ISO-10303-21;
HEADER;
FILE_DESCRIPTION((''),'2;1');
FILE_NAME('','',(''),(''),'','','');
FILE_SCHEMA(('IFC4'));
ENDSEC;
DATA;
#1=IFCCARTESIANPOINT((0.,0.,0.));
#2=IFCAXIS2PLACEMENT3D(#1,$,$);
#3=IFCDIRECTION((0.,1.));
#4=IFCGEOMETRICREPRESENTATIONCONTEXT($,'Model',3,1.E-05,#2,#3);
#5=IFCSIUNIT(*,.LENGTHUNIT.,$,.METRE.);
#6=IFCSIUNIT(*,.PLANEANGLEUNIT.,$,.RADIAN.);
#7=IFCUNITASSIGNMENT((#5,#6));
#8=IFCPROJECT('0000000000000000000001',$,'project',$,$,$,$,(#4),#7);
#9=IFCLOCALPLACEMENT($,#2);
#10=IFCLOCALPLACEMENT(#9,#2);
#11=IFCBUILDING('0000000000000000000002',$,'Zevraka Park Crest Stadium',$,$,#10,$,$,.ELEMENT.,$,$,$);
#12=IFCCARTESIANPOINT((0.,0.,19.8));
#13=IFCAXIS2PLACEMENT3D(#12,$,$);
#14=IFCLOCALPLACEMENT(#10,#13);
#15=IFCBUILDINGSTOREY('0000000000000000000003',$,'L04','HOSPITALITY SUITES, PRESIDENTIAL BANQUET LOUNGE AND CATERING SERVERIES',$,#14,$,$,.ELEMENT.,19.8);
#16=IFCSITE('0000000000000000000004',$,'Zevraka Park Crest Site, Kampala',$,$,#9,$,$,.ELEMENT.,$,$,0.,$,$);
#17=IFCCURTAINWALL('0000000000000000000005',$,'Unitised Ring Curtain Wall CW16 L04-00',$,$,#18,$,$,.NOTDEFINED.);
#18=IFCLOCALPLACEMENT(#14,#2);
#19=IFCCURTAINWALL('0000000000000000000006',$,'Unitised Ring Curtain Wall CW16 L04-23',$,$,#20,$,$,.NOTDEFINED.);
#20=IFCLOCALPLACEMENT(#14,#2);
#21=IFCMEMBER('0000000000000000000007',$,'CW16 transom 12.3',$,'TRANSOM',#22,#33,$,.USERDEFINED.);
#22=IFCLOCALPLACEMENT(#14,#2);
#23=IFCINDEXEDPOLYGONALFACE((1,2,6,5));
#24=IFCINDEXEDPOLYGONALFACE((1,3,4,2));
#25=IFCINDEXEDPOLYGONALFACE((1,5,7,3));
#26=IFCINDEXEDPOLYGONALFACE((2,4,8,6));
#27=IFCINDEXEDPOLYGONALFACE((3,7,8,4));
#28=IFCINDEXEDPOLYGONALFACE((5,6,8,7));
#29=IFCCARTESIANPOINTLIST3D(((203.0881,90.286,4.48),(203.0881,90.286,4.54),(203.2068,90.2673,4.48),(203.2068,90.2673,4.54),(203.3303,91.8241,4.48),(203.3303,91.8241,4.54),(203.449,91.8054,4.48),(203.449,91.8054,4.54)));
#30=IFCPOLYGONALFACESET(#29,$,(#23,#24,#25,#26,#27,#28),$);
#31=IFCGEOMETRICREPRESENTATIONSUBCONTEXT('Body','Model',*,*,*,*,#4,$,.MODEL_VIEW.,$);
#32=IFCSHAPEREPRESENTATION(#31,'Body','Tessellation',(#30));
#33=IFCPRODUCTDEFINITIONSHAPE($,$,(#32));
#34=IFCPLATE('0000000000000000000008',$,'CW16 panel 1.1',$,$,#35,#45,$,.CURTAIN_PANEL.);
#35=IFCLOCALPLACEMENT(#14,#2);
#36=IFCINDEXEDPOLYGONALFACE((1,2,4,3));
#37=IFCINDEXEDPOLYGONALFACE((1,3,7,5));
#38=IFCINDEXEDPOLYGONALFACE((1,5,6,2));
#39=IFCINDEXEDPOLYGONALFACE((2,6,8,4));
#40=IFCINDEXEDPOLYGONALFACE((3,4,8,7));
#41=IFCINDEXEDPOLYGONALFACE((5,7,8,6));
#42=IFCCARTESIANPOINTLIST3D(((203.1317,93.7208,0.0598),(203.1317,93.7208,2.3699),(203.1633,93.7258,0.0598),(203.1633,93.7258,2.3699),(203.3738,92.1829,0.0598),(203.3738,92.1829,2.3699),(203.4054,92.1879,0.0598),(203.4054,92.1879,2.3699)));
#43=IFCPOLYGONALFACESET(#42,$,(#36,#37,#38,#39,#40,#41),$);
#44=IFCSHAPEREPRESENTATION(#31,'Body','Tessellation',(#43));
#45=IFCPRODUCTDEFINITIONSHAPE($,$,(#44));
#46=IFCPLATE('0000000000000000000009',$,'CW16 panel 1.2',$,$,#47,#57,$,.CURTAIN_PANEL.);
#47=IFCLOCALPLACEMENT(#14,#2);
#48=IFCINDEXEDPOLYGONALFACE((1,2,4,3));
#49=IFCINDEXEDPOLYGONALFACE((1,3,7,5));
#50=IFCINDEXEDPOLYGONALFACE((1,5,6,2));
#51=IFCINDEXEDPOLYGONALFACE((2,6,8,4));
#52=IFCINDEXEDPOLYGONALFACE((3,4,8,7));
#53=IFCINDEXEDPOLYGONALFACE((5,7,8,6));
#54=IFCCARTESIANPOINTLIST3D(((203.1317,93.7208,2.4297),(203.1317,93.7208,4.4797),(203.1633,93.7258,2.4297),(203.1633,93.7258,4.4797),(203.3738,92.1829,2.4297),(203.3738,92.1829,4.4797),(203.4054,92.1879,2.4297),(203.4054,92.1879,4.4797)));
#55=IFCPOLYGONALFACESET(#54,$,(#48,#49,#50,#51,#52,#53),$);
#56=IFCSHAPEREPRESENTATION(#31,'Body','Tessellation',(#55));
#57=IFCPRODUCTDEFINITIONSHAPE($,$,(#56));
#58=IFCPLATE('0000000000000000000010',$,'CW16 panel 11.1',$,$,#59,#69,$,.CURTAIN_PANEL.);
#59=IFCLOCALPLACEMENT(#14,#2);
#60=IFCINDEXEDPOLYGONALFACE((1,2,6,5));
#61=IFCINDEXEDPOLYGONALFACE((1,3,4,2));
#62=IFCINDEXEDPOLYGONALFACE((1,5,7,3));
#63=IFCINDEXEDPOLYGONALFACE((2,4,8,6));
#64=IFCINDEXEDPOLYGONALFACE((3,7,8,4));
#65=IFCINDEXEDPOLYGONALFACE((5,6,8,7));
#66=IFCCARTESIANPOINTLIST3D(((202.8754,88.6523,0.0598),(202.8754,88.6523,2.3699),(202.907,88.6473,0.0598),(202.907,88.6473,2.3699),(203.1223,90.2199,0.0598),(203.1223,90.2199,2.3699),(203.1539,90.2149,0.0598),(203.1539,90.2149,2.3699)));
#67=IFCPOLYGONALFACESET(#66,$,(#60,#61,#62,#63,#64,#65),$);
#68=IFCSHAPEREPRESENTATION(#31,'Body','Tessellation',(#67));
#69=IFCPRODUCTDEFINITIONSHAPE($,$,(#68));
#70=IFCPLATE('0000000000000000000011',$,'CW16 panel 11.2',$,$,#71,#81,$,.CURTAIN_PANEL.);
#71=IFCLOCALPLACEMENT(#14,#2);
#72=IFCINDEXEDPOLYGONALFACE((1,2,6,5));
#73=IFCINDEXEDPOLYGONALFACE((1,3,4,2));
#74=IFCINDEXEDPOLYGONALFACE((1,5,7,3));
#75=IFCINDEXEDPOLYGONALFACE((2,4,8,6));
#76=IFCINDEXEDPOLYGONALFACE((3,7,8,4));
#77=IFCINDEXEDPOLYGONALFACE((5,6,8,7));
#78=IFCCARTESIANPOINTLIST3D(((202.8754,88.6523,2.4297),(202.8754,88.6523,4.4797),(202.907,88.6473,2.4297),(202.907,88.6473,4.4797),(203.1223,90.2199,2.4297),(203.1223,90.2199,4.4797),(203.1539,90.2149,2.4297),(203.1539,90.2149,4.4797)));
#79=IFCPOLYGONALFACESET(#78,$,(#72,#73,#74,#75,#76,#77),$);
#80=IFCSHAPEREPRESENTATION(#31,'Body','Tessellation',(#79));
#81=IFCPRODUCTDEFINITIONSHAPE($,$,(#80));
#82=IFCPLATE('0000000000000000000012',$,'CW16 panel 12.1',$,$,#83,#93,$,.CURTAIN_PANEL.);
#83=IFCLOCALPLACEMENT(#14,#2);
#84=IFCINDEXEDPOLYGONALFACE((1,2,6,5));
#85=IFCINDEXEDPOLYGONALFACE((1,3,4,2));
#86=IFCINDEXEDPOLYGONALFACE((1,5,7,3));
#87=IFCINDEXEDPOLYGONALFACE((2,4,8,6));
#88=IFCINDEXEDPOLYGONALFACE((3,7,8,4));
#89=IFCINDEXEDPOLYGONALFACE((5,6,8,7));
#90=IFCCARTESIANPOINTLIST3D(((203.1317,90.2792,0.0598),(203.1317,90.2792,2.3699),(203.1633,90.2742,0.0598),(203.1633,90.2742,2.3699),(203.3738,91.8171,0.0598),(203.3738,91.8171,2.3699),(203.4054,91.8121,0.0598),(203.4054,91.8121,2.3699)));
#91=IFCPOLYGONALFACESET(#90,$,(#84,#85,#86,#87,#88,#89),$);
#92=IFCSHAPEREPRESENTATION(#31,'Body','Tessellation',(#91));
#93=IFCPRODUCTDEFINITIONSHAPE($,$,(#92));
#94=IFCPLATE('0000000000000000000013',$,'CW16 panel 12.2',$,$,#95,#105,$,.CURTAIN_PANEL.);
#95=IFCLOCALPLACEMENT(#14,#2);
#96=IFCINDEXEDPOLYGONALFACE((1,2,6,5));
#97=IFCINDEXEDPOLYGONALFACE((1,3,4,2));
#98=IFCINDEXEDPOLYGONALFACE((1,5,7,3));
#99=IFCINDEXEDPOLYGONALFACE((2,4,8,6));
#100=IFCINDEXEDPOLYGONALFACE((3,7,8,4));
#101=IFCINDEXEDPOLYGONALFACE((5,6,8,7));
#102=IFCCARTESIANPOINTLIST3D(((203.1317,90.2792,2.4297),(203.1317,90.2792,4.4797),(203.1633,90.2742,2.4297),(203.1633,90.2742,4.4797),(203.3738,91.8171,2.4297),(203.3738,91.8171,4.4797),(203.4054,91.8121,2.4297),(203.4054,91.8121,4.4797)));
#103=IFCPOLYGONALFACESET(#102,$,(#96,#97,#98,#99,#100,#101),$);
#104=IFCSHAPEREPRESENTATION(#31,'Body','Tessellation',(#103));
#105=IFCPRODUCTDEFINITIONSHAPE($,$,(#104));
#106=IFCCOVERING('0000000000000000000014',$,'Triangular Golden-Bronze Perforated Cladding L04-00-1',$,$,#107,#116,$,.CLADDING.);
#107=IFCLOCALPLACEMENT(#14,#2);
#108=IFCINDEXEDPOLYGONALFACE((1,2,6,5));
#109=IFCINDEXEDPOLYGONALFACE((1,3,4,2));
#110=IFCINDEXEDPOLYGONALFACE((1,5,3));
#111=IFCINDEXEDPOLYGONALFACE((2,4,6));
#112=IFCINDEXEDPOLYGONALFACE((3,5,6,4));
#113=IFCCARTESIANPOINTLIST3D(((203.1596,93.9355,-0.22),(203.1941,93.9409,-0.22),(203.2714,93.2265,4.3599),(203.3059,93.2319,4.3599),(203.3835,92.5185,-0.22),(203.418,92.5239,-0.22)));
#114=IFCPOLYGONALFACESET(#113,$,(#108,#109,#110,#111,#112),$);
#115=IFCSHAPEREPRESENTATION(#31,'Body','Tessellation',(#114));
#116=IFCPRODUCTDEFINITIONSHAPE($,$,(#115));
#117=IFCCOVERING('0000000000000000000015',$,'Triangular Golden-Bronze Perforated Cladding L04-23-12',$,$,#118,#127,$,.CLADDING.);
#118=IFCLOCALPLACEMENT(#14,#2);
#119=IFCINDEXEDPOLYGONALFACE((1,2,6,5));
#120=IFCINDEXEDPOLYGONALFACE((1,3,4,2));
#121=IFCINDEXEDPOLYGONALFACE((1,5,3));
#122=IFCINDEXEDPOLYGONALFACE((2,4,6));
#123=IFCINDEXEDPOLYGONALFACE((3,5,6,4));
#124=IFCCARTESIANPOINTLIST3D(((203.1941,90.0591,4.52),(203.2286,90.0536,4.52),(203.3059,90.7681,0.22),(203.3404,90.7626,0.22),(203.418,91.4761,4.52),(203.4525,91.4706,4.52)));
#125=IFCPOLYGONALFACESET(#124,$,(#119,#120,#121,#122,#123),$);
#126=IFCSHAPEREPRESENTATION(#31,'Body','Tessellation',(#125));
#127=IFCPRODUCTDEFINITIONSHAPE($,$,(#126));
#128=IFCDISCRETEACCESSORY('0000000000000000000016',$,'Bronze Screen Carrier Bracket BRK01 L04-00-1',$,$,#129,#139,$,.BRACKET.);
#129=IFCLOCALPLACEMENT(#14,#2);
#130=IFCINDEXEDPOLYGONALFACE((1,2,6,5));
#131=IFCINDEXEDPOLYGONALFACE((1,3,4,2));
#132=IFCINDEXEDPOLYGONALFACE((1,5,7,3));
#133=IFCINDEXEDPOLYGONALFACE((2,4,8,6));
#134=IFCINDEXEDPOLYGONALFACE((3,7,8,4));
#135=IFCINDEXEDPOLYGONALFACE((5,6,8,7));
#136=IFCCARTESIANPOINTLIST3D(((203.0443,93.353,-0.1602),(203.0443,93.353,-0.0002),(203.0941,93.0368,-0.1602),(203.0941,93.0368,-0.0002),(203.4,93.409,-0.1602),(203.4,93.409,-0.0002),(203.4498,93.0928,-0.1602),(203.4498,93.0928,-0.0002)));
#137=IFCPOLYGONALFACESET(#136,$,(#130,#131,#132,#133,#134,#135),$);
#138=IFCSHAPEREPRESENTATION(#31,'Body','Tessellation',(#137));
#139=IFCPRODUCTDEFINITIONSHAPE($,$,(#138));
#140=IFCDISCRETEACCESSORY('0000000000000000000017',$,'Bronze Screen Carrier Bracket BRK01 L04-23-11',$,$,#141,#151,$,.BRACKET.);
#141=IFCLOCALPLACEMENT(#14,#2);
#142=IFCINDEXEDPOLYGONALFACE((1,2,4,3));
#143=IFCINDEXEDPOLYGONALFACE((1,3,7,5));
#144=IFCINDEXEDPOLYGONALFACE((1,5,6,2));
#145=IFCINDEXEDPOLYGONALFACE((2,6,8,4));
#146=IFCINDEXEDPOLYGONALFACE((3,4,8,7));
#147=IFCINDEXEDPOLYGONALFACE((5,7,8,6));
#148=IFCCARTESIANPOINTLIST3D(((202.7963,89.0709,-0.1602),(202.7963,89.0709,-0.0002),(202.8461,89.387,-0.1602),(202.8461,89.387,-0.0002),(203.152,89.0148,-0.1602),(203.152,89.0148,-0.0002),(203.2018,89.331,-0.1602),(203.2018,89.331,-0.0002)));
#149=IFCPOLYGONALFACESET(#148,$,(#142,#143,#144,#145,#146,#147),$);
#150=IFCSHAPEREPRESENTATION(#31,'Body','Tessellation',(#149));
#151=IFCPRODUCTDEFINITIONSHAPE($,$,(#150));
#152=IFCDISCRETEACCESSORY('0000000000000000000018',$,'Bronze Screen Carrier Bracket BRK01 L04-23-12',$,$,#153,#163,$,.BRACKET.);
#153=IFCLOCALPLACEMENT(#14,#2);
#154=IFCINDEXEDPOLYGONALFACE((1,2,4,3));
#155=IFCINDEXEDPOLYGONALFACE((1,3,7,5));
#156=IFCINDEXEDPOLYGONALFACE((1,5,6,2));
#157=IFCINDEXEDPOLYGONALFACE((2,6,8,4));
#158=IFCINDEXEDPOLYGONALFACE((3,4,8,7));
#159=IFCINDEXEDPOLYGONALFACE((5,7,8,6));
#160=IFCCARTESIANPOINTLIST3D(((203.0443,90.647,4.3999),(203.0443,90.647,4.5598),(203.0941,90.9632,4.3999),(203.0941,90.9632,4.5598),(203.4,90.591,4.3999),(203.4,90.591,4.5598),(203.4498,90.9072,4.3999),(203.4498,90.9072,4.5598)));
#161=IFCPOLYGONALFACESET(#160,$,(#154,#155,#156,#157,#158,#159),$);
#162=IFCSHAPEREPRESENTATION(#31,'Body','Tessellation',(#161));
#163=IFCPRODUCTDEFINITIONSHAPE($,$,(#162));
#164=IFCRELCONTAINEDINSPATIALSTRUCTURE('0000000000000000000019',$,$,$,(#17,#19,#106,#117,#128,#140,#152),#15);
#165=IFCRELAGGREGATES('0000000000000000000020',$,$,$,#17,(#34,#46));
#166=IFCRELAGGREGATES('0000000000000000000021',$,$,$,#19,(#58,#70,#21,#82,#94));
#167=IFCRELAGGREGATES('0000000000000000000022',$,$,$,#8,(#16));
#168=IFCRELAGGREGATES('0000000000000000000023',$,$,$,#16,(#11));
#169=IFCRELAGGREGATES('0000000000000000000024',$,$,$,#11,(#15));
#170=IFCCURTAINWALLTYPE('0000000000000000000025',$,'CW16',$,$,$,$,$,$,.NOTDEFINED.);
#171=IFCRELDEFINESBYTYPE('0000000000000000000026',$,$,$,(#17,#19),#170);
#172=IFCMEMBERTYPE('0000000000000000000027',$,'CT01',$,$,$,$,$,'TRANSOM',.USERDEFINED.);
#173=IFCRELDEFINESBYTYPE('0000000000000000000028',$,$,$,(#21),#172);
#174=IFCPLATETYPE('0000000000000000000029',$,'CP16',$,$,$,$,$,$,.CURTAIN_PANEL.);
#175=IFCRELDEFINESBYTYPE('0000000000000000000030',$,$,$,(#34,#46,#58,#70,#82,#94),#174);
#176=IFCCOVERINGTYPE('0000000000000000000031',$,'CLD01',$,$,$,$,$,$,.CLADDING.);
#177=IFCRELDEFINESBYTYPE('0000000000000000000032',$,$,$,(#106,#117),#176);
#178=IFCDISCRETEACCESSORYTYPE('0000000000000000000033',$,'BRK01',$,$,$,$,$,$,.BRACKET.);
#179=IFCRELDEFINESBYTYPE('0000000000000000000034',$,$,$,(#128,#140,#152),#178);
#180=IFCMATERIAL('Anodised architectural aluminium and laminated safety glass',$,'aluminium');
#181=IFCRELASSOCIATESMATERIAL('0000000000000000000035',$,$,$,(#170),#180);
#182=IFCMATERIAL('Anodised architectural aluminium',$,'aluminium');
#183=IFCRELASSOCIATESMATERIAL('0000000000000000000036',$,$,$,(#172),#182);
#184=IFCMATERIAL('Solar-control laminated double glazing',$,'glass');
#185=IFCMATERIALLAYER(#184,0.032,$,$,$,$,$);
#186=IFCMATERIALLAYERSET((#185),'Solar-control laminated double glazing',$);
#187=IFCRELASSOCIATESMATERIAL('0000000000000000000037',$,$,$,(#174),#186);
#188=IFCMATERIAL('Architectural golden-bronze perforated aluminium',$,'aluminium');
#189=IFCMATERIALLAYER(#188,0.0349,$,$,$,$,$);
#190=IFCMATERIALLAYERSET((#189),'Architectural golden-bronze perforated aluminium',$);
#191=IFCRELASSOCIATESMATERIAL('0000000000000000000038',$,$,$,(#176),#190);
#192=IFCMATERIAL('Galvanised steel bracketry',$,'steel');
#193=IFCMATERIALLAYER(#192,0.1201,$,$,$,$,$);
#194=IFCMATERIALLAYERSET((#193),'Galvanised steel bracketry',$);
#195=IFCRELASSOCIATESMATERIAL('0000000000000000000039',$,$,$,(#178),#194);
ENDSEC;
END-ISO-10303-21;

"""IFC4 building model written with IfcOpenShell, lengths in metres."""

from ifc_helpers import new_model, si_unit, direction, frame, origin, origin_2d, place, context, subcontext, project, spatial, polyline, rectangle, outline, extrude, material, layer, layer_set, material_profile, profile_set, type_object, element, aggregate, save


model = new_model("IFC4")

# Units and contexts
model_context = context("Model", 3, precision=1e-05, world=origin(), true_north=direction((0.0, 1.0)))
body_context = subcontext(model_context, "Body", "Model", "MODEL_VIEW")
ifc_project = project(units=[si_unit("LENGTHUNIT", "METRE"), si_unit("PLANEANGLEUNIT", "RADIAN")], contexts=[model_context])

# Site, building, storey
site_placement = place(None, origin())
site = spatial("IfcSite", under=ifc_project, at=site_placement, Name="Zevraka Park Crest Site, Kampala", CompositionType="ELEMENT", RefElevation=0.0)
building_placement = place(site_placement, origin())
building = spatial("IfcBuilding", under=site, at=building_placement, Name="Zevraka Park Crest Stadium", CompositionType="ELEMENT")
storey_placement = place(building_placement, frame((0.0, 0.0, 19.8)))
storey = spatial("IfcBuildingStorey", under=building, at=storey_placement, Name="L04", Description="HOSPITALITY SUITES, PRESIDENTIAL BANQUET LOUNGE AND CATERING SERVERIES", CompositionType="ELEMENT", Elevation=19.8)

# Curtain walls
ifc_material_1 = material(Name="Anodised architectural aluminium and laminated safety glass", Category="aluminium")
curtain_wall_type = type_object("IfcCurtainWallType", Name="CW16", PredefinedType="NOTDEFINED", material=ifc_material_1)
curtain_wall_1_placement = place(storey_placement, origin())
curtain_wall_1 = element("IfcCurtainWall", 1, at=curtain_wall_1_placement, inside=storey, type_object=curtain_wall_type, Name="Unitised Ring Curtain Wall CW16 L04-00", PredefinedType="NOTDEFINED")
curtain_wall_2_placement = place(storey_placement, origin())
curtain_wall_2 = element("IfcCurtainWall", 2, at=curtain_wall_2_placement, inside=storey, type_object=curtain_wall_type, Name="Unitised Ring Curtain Wall CW16 L04-23", PredefinedType="NOTDEFINED")

# Member
ifc_material_2 = material(Name="Anodised architectural aluminium", Category="aluminium")
ifc_material_profile_1 = material_profile(ifc_material_2, rectangle(XDim=0.1201, YDim=0.0601, at=origin_2d()), Name="ALU TRANSOM 120x60")
ifc_profile_set_1 = profile_set([ifc_material_profile_1], Name="Anodised architectural aluminium")
member_type_1 = type_object("IfcMemberType", Name="CT01", ElementType="TRANSOM", PredefinedType="USERDEFINED", material=ifc_profile_set_1)
member_1_placement = place(storey_placement, frame((203.1475, 90.2766, 4.51), z_axis=(0.155544, 0.987829, 0.0), x_axis=(-0.987829, 0.155544, 0.0)))
member_1 = element("IfcMember", 3, at=member_1_placement, type_object=member_type_1, Name="CW16 transom 12.3", ObjectType="TRANSOM", PredefinedType="USERDEFINED", context=body_context, shape_type="SweptSolid", body=[
    extrude(rectangle(XDim=0.1201, YDim=0.0601, at=origin_2d()), origin(), (0.0, 0.0, 1.0), 1.5571),
])

# Plates
ifc_material_3 = material(Name="Solar-control laminated double glazing", Category="glass")
ifc_layer_1 = layer(ifc_material_3, 0.032)
ifc_layer_set_1 = layer_set([ifc_layer_1], Name="Solar-control laminated double glazing")
plate_type = type_object("IfcPlateType", Name="CP16", PredefinedType="CURTAIN_PANEL", material=ifc_layer_set_1)
plate_1_placement = place(storey_placement, frame((203.2686, 92.9543, 0.0598), z_axis=(0.0, 0.0, 1.0), x_axis=(-0.155539, 0.98783, 0.0)))
plate_1 = element("IfcPlate", 4, at=plate_1_placement, type_object=plate_type, Name="CW16 panel 1.1", PredefinedType="CURTAIN_PANEL", context=body_context, shape_type="SweptSolid", body=[
    extrude(rectangle(XDim=1.5569, YDim=0.032, at=origin_2d()), origin(), (0.0, 0.0, 1.0), 2.3101),
])
plate_2_placement = place(storey_placement, frame((203.2686, 92.9543, 2.4297), z_axis=(0.0, 0.0, 1.0), x_axis=(-0.155539, 0.98783, 0.0)))
plate_2 = element("IfcPlate", 5, at=plate_2_placement, type_object=plate_type, Name="CW16 panel 1.2", PredefinedType="CURTAIN_PANEL", context=body_context, shape_type="SweptSolid", body=[
    extrude(rectangle(XDim=1.5569, YDim=0.032, at=origin_2d()), origin(), (0.0, 0.0, 1.0), 2.05),
])
aggregate(curtain_wall_1, [plate_1, plate_2])
plate_3_placement = place(storey_placement, frame((203.0146, 89.4336, 0.0598), z_axis=(0.0, 0.0, 1.0), x_axis=(0.155539, 0.98783, 0.0)))
plate_3 = element("IfcPlate", 6, at=plate_3_placement, type_object=plate_type, Name="CW16 panel 11.1", PredefinedType="CURTAIN_PANEL", context=body_context, shape_type="SweptSolid", body=[
    extrude(rectangle(XDim=1.5869, YDim=0.032, at=origin_2d()), origin(), (0.0, 0.0, 1.0), 2.3101),
])
plate_4_placement = place(storey_placement, frame((203.0146, 89.4336, 2.4297), z_axis=(0.0, 0.0, 1.0), x_axis=(0.155539, 0.98783, 0.0)))
plate_4 = element("IfcPlate", 7, at=plate_4_placement, type_object=plate_type, Name="CW16 panel 11.2", PredefinedType="CURTAIN_PANEL", context=body_context, shape_type="SweptSolid", body=[
    extrude(rectangle(XDim=1.5869, YDim=0.032, at=origin_2d()), origin(), (0.0, 0.0, 1.0), 2.05),
])
plate_5_placement = place(storey_placement, frame((203.2686, 91.0457, 0.0598), z_axis=(0.0, 0.0, 1.0), x_axis=(0.155539, 0.98783, 0.0)))
plate_5 = element("IfcPlate", 8, at=plate_5_placement, type_object=plate_type, Name="CW16 panel 12.1", PredefinedType="CURTAIN_PANEL", context=body_context, shape_type="SweptSolid", body=[
    extrude(rectangle(XDim=1.5569, YDim=0.032, at=origin_2d()), origin(), (0.0, 0.0, 1.0), 2.3101),
])
plate_6_placement = place(storey_placement, frame((203.2686, 91.0457, 2.4297), z_axis=(0.0, 0.0, 1.0), x_axis=(0.155539, 0.98783, 0.0)))
plate_6 = element("IfcPlate", 9, at=plate_6_placement, type_object=plate_type, Name="CW16 panel 12.2", PredefinedType="CURTAIN_PANEL", context=body_context, shape_type="SweptSolid", body=[
    extrude(rectangle(XDim=1.5569, YDim=0.032, at=origin_2d()), origin(), (0.0, 0.0, 1.0), 2.05),
])
aggregate(curtain_wall_2, [plate_3, plate_4, member_1, plate_5, plate_6])

# Coverings
ifc_material_4 = material(Name="Architectural golden-bronze perforated aluminium", Category="aluminium")
ifc_layer_2 = layer(ifc_material_4, 0.0349)
ifc_layer_set_2 = layer_set([ifc_layer_2], Name="Architectural golden-bronze perforated aluminium")
covering_type = type_object("IfcCoveringType", Name="CLD01", PredefinedType="CLADDING", material=ifc_layer_set_2)
covering_1_placement = place(storey_placement, frame((203.418, 92.5239, -0.22), z_axis=(0.987748, 0.156059, 0.000043), x_axis=(-0.156059, 0.987748, 0.0)))
element("IfcCovering", 10, at=covering_1_placement, inside=storey, type_object=covering_type, Name="Triangular Golden-Bronze Perforated Cladding L04-00-1", PredefinedType="CLADDING", context=body_context, shape_type="SweptSolid", body=[
    extrude(outline(polyline([(0.0, 0.0), (1.4346, 0.0), (0.7168, 4.5798), (0.0, 0.0)])), origin(), (0.0, 0.0, -1.0), 0.0349),
])
covering_2_placement = place(storey_placement, frame((203.418, 91.4761, 4.52), z_axis=(-0.987748, 0.156059, 0.000046), x_axis=(-0.156059, -0.987748, 0.0)))
element("IfcCovering", 11, at=covering_2_placement, inside=storey, type_object=covering_type, Name="Triangular Golden-Bronze Perforated Cladding L04-23-12", PredefinedType="CLADDING", context=body_context, shape_type="SweptSolid", body=[
    extrude(outline(polyline([(0.0, 0.0), (1.4346, 0.0), (0.7168, -4.3), (0.0, 0.0)])), origin(), (0.0, 0.0, -1.0), 0.0349),
])

# Discrete accessories
ifc_material_5 = material(Name="Galvanised steel bracketry", Category="steel")
ifc_layer_3 = layer(ifc_material_5, 0.1201)
ifc_layer_set_3 = layer_set([ifc_layer_3], Name="Galvanised steel bracketry")
discrete_accessory_type = type_object("IfcDiscreteAccessoryType", Name="BRK01", PredefinedType="BRACKET", material=ifc_layer_set_3)
for number, where, z_axis, x_axis, name in (
    (12, (203.2471, 93.2229, -0.1602), (0.0, 0.0, 1.0), (-0.155572, 0.987824, 0.0), "Bronze Screen Carrier Bracket BRK01 L04-00-1"),
    (13, (202.999, 89.2009, -0.1602), (0.0, 0.0, 1.0), (0.155572, 0.987824, 0.0), "Bronze Screen Carrier Bracket BRK01 L04-23-11"),
    (14, (203.2471, 90.7771, 4.3999), (0.0, 0.0, 1.0), (0.155572, 0.987824, 0.0), "Bronze Screen Carrier Bracket BRK01 L04-23-12"),
):
    element("IfcDiscreteAccessory", number, at=place(storey_placement, frame(where, z_axis=z_axis, x_axis=x_axis)), inside=storey, type_object=discrete_accessory_type, Name=name, PredefinedType="BRACKET", context=body_context, shape_type="SweptSolid", body=[
        extrude(rectangle(XDim=0.3201, YDim=0.3601, at=origin_2d()), origin(), (0.0, 0.0, 1.0), 0.1599),
    ])

save(model, "model.ifc")
